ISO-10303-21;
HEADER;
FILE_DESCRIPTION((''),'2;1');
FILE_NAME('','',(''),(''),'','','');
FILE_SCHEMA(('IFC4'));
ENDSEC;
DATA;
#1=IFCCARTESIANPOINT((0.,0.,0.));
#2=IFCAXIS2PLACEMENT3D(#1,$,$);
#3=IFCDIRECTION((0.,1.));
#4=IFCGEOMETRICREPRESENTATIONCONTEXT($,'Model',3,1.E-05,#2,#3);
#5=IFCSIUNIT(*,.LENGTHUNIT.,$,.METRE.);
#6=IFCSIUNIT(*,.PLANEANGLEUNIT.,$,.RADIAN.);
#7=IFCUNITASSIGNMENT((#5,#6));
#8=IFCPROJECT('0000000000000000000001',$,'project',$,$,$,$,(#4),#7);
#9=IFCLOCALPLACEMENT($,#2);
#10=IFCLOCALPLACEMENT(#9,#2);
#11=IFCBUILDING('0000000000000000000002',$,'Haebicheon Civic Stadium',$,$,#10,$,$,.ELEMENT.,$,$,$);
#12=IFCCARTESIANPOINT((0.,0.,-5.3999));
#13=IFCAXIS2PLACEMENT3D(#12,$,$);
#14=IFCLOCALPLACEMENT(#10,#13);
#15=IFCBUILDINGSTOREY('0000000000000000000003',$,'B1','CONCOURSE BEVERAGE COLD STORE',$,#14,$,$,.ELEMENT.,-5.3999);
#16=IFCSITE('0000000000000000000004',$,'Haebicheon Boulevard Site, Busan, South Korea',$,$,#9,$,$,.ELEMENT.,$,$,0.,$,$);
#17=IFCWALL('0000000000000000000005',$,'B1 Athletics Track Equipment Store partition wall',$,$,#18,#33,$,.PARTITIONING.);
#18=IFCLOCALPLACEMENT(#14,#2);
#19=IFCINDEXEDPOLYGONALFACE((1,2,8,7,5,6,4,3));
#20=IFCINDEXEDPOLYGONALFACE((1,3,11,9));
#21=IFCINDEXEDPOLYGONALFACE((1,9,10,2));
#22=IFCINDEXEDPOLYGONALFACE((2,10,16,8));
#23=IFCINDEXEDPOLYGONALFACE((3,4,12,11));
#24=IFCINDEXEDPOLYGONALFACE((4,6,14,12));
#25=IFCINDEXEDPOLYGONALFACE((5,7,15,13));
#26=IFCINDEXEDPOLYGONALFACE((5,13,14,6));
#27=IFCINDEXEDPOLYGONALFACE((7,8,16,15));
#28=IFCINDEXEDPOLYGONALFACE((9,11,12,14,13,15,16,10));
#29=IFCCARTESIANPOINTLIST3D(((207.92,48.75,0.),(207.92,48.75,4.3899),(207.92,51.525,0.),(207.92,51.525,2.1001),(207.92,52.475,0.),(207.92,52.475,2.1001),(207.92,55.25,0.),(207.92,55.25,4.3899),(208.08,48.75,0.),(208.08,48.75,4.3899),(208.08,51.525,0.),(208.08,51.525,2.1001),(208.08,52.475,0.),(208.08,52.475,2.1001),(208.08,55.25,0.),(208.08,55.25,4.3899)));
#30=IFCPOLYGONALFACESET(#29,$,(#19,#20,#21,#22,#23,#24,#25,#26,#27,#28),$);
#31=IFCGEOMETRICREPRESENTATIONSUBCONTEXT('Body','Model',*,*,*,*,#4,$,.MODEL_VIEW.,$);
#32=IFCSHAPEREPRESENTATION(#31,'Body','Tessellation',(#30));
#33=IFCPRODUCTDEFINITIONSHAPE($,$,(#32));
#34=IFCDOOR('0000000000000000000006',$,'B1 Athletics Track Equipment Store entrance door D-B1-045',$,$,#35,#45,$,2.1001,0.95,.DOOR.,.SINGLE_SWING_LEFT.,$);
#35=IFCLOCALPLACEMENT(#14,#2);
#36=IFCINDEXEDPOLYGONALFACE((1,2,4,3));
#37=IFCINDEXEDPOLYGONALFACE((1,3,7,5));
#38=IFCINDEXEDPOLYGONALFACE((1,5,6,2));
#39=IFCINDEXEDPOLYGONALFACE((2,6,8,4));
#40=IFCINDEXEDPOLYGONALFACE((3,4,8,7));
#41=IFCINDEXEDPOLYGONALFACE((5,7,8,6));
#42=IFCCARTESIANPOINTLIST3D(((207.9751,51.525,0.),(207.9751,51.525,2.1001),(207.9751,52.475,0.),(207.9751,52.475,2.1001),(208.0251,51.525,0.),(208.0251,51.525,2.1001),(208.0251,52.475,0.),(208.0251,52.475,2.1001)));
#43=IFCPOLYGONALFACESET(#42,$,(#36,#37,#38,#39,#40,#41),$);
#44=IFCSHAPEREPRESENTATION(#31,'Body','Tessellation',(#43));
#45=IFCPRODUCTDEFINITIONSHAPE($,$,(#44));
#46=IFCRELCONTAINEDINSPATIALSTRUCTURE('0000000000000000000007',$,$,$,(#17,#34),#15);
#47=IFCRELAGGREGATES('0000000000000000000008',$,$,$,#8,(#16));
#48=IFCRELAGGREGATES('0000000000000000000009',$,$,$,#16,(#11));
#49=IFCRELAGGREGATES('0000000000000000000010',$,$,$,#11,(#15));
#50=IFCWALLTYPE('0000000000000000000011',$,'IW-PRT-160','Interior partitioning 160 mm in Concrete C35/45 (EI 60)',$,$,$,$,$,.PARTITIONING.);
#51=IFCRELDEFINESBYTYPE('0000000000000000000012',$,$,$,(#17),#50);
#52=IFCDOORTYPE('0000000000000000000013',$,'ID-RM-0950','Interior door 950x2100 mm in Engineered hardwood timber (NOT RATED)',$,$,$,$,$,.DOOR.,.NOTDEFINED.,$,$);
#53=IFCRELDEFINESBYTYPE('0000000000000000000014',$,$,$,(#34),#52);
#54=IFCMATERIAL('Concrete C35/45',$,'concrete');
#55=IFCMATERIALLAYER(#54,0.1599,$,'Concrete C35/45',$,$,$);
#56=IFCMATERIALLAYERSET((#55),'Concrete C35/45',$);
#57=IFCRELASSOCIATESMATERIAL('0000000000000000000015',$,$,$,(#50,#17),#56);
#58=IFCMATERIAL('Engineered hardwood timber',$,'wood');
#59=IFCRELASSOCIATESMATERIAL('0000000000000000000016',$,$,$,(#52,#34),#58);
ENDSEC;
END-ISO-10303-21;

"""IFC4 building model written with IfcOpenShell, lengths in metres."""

from ifc_helpers import new_model, si_unit, direction, frame, frame_2d, origin, place, context, subcontext, project, spatial, rectangle, extrude, material, layer, layer_set, type_object, element, fill, save


model = new_model("IFC4")

# Units and contexts
model_context = context("Model", 3, precision=1e-05, world=origin(), true_north=direction((0.0, 1.0)))
body_context = subcontext(model_context, "Body", "Model", "MODEL_VIEW")
ifc_project = project(units=[si_unit("LENGTHUNIT", "METRE"), si_unit("PLANEANGLEUNIT", "RADIAN")], contexts=[model_context])

# Site, building, storey
site_placement = place(None, origin())
site = spatial("IfcSite", under=ifc_project, at=site_placement, Name="Haebicheon Boulevard Site, Busan, South Korea", CompositionType="ELEMENT", RefElevation=0.0)
building_placement = place(site_placement, origin())
building = spatial("IfcBuilding", under=site, at=building_placement, Name="Haebicheon Civic Stadium", CompositionType="ELEMENT")
storey_placement = place(building_placement, frame((0.0, 0.0, -5.3999)))
storey = spatial("IfcBuildingStorey", under=building, at=storey_placement, Name="B1", Description="CONCOURSE BEVERAGE COLD STORE", CompositionType="ELEMENT", Elevation=-5.3999)

# Wall, opening, door
ifc_material_1 = material(Name="Concrete C35/45", Category="concrete")
ifc_layer_1 = layer(ifc_material_1, 0.1599, Name="Concrete C35/45")
ifc_layer_set_1 = layer_set([ifc_layer_1], Name="Concrete C35/45")
wall_type_1 = type_object("IfcWallType", Name="IW-PRT-160", Description="Interior partitioning 160 mm in Concrete C35/45 (EI 60)", PredefinedType="PARTITIONING", material=ifc_layer_set_1)
wall_1_placement = place(storey_placement, frame((208.0, 48.75, 0.0), z_axis=(0.0, 0.0, 1.0), x_axis=(0.0, 1.0, 0.0)))
wall_1 = element("IfcWall", 1, at=wall_1_placement, inside=storey, type_object=wall_type_1, material=ifc_layer_set_1, Name="B1 Athletics Track Equipment Store partition wall", PredefinedType="PARTITIONING", context=body_context, shape_type="SweptSolid", body=[
    extrude(rectangle(XDim=6.5, YDim=0.1599, at=frame_2d((3.25, 0.0))), origin(), (0.0, 0.0, 1.0), 4.3899),
])
opening_1_placement = place(wall_1_placement, frame((2.7749, 0.0, 0.0)))
opening_1 = element("IfcOpeningElement", 2, at=opening_1_placement, cuts=wall_1, PredefinedType="OPENING", context=body_context, shape_type="SweptSolid", body=[
    extrude(rectangle(XDim=0.95, YDim=2.1001, at=frame_2d((0.4751, 1.05))), frame((0.0, 0.0898, 0.0), z_axis=(0.0, -1.0, 0.0), x_axis=(1.0, 0.0, 0.0)), (0.0, 0.0, 1.0), 0.1799),
])
ifc_material_2 = material(Name="Engineered hardwood timber", Category="wood")
door_type_1 = type_object("IfcDoorType", Name="ID-RM-0950", Description="Interior door 950x2100 mm in Engineered hardwood timber (NOT RATED)", OperationType="NOTDEFINED", PredefinedType="DOOR", material=ifc_material_2)
door_1_placement = place(opening_1_placement, origin())
door_1 = element("IfcDoor", 3, at=door_1_placement, inside=storey, type_object=door_type_1, material=ifc_material_2, Name="B1 Athletics Track Equipment Store entrance door D-B1-045", OperationType="SINGLE_SWING_LEFT", OverallHeight=2.1001, OverallWidth=0.95, PredefinedType="DOOR", context=body_context, shape_type="SweptSolid", body=[
    extrude(rectangle(XDim=0.95, YDim=2.1001, at=frame_2d((0.4751, 1.05))), frame((0.0, 0.0249, 0.0), z_axis=(0.0, -1.0, 0.0), x_axis=(1.0, 0.0, 0.0)), (0.0, 0.0, 1.0), 0.05),
])
fill(opening_1, door_1)

save(model, "model.ifc")
